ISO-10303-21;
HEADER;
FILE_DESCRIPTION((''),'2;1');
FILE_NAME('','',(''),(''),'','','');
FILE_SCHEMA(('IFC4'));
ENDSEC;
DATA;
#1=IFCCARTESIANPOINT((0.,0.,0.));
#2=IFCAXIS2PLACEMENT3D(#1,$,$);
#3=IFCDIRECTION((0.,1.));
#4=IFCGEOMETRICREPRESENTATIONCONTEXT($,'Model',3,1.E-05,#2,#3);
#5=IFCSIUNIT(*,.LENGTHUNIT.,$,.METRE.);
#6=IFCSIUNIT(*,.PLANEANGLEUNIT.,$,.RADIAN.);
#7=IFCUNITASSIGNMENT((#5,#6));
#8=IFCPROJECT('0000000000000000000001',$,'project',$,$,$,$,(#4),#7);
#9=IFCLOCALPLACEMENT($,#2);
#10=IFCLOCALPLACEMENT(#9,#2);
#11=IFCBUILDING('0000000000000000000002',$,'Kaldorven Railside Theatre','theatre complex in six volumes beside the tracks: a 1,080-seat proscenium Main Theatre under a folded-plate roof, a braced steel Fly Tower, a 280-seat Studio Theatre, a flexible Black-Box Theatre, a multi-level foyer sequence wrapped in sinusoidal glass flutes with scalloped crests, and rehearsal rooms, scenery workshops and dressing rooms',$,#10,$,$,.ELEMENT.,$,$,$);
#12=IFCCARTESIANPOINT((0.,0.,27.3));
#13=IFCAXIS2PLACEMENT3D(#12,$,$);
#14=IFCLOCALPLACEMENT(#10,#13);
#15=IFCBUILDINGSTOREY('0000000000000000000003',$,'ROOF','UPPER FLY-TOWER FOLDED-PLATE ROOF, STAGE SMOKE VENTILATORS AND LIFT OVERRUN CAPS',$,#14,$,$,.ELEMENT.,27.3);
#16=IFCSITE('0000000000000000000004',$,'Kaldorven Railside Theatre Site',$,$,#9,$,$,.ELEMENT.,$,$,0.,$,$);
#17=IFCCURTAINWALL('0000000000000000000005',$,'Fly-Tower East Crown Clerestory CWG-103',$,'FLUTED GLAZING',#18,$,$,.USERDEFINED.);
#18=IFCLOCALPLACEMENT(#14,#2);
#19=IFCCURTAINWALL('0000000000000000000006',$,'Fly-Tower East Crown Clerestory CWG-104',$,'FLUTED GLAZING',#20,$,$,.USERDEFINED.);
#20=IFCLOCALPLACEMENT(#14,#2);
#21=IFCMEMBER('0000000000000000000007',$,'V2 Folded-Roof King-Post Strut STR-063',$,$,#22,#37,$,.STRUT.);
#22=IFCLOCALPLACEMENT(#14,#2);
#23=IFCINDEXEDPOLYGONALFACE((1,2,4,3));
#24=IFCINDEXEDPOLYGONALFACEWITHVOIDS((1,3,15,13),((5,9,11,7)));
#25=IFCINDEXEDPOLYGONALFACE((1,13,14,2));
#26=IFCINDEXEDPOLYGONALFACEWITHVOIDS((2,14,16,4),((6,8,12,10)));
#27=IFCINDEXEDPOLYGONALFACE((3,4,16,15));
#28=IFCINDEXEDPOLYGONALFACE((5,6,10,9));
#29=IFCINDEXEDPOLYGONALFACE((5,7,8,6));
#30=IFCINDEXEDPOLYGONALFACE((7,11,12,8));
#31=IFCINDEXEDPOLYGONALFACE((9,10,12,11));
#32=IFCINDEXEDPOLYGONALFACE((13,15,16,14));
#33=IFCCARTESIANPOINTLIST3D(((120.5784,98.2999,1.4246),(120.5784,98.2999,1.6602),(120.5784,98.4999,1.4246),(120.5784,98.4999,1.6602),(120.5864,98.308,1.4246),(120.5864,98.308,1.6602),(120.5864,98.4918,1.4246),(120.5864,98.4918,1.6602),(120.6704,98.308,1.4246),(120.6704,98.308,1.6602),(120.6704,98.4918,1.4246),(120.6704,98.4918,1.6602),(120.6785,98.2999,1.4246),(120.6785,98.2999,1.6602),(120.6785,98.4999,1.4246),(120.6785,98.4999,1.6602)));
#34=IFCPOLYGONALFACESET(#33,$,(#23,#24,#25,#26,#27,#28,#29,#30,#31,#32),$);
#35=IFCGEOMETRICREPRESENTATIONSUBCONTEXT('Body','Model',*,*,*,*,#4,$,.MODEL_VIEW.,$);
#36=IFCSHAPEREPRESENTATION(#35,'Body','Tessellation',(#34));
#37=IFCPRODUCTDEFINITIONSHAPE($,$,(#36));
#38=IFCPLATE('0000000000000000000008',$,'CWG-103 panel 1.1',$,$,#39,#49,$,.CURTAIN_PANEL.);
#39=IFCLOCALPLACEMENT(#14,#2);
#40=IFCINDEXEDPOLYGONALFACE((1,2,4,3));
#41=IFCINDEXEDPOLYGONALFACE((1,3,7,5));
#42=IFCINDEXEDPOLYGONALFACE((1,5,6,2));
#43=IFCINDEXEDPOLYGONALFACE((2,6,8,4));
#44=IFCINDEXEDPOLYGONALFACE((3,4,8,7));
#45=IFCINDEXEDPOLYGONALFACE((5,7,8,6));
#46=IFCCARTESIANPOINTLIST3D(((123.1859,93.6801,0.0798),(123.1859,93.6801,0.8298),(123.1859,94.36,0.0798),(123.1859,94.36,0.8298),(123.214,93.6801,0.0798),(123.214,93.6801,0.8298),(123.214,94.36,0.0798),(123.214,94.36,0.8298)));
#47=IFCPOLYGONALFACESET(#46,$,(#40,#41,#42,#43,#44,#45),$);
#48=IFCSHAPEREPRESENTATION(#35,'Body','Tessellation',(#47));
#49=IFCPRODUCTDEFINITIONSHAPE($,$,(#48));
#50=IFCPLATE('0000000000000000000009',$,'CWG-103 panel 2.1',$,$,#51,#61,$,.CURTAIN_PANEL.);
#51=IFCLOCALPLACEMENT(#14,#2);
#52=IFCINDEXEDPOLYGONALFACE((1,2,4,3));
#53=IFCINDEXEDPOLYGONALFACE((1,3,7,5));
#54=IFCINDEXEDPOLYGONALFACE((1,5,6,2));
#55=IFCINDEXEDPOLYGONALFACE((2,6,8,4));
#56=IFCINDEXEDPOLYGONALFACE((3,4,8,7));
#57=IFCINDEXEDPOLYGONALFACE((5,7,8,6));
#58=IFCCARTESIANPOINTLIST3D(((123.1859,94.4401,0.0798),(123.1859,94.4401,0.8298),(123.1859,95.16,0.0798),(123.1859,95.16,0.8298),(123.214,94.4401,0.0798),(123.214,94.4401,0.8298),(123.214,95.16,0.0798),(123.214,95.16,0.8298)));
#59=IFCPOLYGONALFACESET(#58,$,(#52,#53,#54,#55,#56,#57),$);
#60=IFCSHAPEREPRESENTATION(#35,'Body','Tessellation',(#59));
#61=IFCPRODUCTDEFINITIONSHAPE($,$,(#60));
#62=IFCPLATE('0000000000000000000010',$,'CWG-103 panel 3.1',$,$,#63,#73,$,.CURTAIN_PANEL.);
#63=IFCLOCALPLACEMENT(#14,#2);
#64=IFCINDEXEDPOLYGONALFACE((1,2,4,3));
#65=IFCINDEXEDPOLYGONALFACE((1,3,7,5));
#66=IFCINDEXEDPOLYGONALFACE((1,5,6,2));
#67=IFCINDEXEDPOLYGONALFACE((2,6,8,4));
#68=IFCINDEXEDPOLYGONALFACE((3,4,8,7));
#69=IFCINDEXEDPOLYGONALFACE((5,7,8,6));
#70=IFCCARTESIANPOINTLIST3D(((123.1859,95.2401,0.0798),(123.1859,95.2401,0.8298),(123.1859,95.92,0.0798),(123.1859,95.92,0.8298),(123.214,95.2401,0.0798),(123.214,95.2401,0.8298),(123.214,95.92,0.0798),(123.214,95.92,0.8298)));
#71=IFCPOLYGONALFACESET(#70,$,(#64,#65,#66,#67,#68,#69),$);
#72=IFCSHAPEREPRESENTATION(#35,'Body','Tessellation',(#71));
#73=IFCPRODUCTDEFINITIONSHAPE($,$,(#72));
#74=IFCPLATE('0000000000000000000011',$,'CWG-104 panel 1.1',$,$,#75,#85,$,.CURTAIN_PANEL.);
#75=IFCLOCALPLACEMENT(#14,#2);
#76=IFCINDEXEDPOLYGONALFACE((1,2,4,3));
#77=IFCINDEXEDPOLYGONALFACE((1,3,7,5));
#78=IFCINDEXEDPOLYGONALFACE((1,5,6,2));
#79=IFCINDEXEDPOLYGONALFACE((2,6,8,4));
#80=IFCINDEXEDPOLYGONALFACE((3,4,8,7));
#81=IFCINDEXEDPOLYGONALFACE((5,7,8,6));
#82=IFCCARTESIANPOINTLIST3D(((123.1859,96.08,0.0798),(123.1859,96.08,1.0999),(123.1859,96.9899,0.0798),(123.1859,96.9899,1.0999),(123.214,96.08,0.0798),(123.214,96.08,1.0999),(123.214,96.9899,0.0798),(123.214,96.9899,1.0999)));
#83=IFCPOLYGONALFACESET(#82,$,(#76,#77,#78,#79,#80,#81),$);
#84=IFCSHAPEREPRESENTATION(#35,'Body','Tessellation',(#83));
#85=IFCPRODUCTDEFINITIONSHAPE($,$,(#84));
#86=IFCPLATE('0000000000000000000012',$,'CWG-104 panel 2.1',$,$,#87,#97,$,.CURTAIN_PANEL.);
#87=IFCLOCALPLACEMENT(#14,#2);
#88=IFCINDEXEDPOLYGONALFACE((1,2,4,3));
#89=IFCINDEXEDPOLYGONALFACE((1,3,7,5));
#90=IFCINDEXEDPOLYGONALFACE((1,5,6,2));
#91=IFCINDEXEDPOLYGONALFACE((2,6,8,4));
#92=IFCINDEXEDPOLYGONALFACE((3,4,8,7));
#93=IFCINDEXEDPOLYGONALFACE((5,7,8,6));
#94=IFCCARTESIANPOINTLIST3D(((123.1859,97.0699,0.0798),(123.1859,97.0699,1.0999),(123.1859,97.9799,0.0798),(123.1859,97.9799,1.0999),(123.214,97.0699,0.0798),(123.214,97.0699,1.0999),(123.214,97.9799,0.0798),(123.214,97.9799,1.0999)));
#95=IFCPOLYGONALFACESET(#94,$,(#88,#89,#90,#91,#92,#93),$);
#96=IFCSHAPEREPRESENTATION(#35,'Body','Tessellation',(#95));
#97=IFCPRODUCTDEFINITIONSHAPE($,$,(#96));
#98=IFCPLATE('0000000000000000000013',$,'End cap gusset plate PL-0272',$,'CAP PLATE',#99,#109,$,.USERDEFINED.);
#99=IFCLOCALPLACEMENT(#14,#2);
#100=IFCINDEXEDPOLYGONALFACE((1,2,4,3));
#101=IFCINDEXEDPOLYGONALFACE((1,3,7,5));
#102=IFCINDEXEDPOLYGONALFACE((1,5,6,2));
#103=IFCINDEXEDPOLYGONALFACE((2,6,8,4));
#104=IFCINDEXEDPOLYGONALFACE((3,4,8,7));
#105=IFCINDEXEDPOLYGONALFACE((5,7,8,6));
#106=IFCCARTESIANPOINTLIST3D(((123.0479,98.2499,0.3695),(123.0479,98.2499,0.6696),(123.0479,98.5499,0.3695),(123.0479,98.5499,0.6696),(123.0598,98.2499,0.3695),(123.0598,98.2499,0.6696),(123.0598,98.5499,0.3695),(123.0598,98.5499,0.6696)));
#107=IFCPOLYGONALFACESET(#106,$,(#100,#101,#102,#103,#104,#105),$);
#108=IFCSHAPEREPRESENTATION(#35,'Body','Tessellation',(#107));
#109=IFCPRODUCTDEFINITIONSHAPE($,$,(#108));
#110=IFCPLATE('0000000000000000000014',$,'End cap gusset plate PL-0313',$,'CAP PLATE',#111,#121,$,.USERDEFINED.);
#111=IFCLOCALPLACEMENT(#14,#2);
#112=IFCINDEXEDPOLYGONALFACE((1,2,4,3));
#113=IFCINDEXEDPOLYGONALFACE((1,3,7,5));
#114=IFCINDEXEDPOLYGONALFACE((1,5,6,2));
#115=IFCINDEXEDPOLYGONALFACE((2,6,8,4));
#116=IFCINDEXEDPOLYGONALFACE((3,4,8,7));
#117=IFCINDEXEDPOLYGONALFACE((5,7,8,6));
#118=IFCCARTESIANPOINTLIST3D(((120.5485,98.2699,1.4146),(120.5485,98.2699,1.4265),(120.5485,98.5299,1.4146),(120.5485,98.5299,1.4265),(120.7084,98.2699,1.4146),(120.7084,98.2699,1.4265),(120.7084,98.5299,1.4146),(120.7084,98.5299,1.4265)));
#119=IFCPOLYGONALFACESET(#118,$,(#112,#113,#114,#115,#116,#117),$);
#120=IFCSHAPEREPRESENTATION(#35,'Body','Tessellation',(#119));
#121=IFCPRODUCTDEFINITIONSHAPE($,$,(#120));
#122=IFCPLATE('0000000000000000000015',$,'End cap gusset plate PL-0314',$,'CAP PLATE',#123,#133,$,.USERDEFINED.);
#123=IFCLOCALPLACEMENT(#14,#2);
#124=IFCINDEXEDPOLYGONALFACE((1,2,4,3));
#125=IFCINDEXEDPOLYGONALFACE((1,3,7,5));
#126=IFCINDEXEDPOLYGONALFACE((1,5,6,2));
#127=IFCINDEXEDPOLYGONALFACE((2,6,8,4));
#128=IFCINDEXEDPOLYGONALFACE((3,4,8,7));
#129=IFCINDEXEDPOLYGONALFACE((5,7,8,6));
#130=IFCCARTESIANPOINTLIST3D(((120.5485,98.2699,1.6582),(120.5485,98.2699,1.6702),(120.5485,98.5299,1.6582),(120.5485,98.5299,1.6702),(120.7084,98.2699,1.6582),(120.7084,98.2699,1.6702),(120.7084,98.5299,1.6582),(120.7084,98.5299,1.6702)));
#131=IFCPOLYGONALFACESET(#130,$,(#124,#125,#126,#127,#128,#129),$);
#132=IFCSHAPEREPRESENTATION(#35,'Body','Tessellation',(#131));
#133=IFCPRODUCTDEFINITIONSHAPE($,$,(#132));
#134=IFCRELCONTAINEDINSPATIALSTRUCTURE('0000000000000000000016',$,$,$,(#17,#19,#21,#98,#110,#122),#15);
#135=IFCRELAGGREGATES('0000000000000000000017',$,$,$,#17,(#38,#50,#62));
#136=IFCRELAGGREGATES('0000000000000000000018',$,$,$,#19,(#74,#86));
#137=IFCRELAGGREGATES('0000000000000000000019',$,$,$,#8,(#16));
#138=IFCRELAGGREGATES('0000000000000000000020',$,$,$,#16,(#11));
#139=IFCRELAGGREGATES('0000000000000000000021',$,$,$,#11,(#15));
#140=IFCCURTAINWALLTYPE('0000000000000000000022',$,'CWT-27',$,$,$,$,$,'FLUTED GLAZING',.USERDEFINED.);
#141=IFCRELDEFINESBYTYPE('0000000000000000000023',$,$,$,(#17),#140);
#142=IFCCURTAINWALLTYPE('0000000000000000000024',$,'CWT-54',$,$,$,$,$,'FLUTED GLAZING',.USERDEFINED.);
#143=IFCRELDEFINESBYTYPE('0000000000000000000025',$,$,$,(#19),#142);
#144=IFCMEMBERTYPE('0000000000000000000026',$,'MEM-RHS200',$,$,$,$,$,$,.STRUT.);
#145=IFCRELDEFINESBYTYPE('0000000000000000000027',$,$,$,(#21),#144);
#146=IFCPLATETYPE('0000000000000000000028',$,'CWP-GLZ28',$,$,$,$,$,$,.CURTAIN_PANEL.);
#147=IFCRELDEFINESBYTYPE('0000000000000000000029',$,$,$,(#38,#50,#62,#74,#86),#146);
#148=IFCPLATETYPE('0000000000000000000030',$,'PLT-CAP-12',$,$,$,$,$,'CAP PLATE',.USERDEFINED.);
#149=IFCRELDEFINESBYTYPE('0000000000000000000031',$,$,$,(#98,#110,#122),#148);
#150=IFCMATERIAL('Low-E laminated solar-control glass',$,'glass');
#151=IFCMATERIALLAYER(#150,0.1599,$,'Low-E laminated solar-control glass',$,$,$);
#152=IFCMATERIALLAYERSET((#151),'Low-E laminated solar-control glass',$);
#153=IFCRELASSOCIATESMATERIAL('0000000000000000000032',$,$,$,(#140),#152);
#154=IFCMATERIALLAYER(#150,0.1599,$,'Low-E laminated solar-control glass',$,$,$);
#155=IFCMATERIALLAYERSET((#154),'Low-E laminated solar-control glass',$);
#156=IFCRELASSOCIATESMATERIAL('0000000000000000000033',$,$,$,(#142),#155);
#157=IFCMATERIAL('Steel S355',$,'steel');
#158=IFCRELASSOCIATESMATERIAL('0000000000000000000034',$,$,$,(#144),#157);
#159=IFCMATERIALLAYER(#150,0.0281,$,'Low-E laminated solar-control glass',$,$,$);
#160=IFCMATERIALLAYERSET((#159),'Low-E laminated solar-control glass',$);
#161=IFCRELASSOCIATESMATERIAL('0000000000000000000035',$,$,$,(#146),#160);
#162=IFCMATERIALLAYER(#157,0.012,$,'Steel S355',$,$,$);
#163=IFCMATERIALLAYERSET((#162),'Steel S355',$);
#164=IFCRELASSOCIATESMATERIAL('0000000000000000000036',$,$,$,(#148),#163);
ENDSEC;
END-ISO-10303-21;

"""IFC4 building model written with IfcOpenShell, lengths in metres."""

from ifc_helpers import new_model, si_unit, direction, frame, origin, origin_2d, place, context, subcontext, project, spatial, rectangle, hollow_rectangle, extrude, material, layer, layer_set, material_profile, profile_set, type_object, element, aggregate, save


model = new_model("IFC4")

# Units and contexts
model_context = context("Model", 3, precision=1e-05, world=origin(), true_north=direction((0.0, 1.0)))
body_context = subcontext(model_context, "Body", "Model", "MODEL_VIEW")
ifc_project = project(units=[si_unit("LENGTHUNIT", "METRE"), si_unit("PLANEANGLEUNIT", "RADIAN")], contexts=[model_context])

# Site, building, storey
site_placement = place(None, origin())
site = spatial("IfcSite", under=ifc_project, at=site_placement, Name="Kaldorven Railside Theatre Site", CompositionType="ELEMENT", RefElevation=0.0)
building_placement = place(site_placement, origin())
building = spatial("IfcBuilding", under=site, at=building_placement, Name="Kaldorven Railside Theatre", Description="theatre complex in six volumes beside the tracks: a 1,080-seat proscenium Main Theatre under a folded-plate roof, a braced steel Fly Tower, a 280-seat Studio Theatre, a flexible Black-Box Theatre, a multi-level foyer sequence wrapped in sinusoidal glass flutes with scalloped crests, and rehearsal rooms, scenery workshops and dressing rooms", CompositionType="ELEMENT")
storey_placement = place(building_placement, frame((0.0, 0.0, 27.3)))
storey = spatial("IfcBuildingStorey", under=building, at=storey_placement, Name="ROOF", Description="UPPER FLY-TOWER FOLDED-PLATE ROOF, STAGE SMOKE VENTILATORS AND LIFT OVERRUN CAPS", CompositionType="ELEMENT", Elevation=27.3)

# Shared definitions
ifc_material_1 = material(Name="Steel S355", Category="steel")

# Curtain walls
ifc_material_2 = material(Name="Low-E laminated solar-control glass", Category="glass")
ifc_layer_1 = layer(ifc_material_2, 0.1599, Name="Low-E laminated solar-control glass")
ifc_layer_set_1 = layer_set([ifc_layer_1], Name="Low-E laminated solar-control glass")
curtain_wall_type_1 = type_object("IfcCurtainWallType", Name="CWT-27", ElementType="FLUTED GLAZING", PredefinedType="USERDEFINED", material=ifc_layer_set_1)
curtain_wall_1_placement = place(storey_placement, origin())
curtain_wall_1 = element("IfcCurtainWall", 1, at=curtain_wall_1_placement, inside=storey, type_object=curtain_wall_type_1, Name="Fly-Tower East Crown Clerestory CWG-103", ObjectType="FLUTED GLAZING", PredefinedType="USERDEFINED")
ifc_layer_2 = layer(ifc_material_2, 0.1599, Name="Low-E laminated solar-control glass")
ifc_layer_set_2 = layer_set([ifc_layer_2], Name="Low-E laminated solar-control glass")
curtain_wall_type_2 = type_object("IfcCurtainWallType", Name="CWT-54", ElementType="FLUTED GLAZING", PredefinedType="USERDEFINED", material=ifc_layer_set_2)
curtain_wall_2_placement = place(storey_placement, origin())
curtain_wall_2 = element("IfcCurtainWall", 2, at=curtain_wall_2_placement, inside=storey, type_object=curtain_wall_type_2, Name="Fly-Tower East Crown Clerestory CWG-104", ObjectType="FLUTED GLAZING", PredefinedType="USERDEFINED")

# Member
ifc_material_profile_1 = material_profile(ifc_material_1, hollow_rectangle(XDim=0.1001, YDim=0.2, WallThickness=0.0081, at=origin_2d()), Name="RHS 200x100x8")
ifc_profile_set_1 = profile_set([ifc_material_profile_1], Name="Steel S355")
member_type_1 = type_object("IfcMemberType", Name="MEM-RHS200", PredefinedType="STRUT", material=ifc_profile_set_1)
member_1_placement = place(storey_placement, frame((120.6284, 98.3999, 1.4246), z_axis=(0.0, 0.0, 1.0), x_axis=(1.0, 0.0, 0.0)))
element("IfcMember", 3, at=member_1_placement, inside=storey, type_object=member_type_1, Name="V2 Folded-Roof King-Post Strut STR-063", PredefinedType="STRUT", context=body_context, shape_type="SweptSolid", body=[
    extrude(hollow_rectangle(XDim=0.1001, YDim=0.2, WallThickness=0.0081, at=origin_2d()), origin(), (0.0, 0.0, 1.0), 0.2356),
])

# Plates
ifc_layer_3 = layer(ifc_material_2, 0.0281, Name="Low-E laminated solar-control glass")
ifc_layer_set_3 = layer_set([ifc_layer_3], Name="Low-E laminated solar-control glass")
plate_type_1 = type_object("IfcPlateType", Name="CWP-GLZ28", PredefinedType="CURTAIN_PANEL", material=ifc_layer_set_3)
plate_1_placement = place(storey_placement, frame((123.2, 94.02, 0.0798), z_axis=(0.0, 0.0, 1.0), x_axis=(0.0, 1.0, 0.0)))
plate_1 = element("IfcPlate", 4, at=plate_1_placement, type_object=plate_type_1, Name="CWG-103 panel 1.1", PredefinedType="CURTAIN_PANEL", context=body_context, shape_type="SweptSolid", body=[
    extrude(rectangle(XDim=0.6799, YDim=0.0281, at=origin_2d()), origin(), (0.0, 0.0, 1.0), 0.75),
])
plate_2_placement = place(storey_placement, frame((123.2, 94.8, 0.0798), z_axis=(0.0, 0.0, 1.0), x_axis=(0.0, 1.0, 0.0)))
plate_2 = element("IfcPlate", 5, at=plate_2_placement, type_object=plate_type_1, Name="CWG-103 panel 2.1", PredefinedType="CURTAIN_PANEL", context=body_context, shape_type="SweptSolid", body=[
    extrude(rectangle(XDim=0.72, YDim=0.0281, at=origin_2d()), origin(), (0.0, 0.0, 1.0), 0.75),
])
plate_3_placement = place(storey_placement, frame((123.2, 95.5801, 0.0798), z_axis=(0.0, 0.0, 1.0), x_axis=(0.0, 1.0, 0.0)))
plate_3 = element("IfcPlate", 6, at=plate_3_placement, type_object=plate_type_1, Name="CWG-103 panel 3.1", PredefinedType="CURTAIN_PANEL", context=body_context, shape_type="SweptSolid", body=[
    extrude(rectangle(XDim=0.6799, YDim=0.0281, at=origin_2d()), origin(), (0.0, 0.0, 1.0), 0.75),
])
aggregate(curtain_wall_1, [plate_1, plate_2, plate_3])
plate_4_placement = place(storey_placement, frame((123.2, 96.5349, 0.0798), z_axis=(0.0, 0.0, 1.0), x_axis=(0.0, 1.0, 0.0)))
plate_4 = element("IfcPlate", 7, at=plate_4_placement, type_object=plate_type_1, Name="CWG-104 panel 1.1", PredefinedType="CURTAIN_PANEL", context=body_context, shape_type="SweptSolid", body=[
    extrude(rectangle(XDim=0.9099, YDim=0.0281, at=origin_2d()), origin(), (0.0, 0.0, 1.0), 1.02),
])
plate_5_placement = place(storey_placement, frame((123.2, 97.5249, 0.0798), z_axis=(0.0, 0.0, 1.0), x_axis=(0.0, 1.0, 0.0)))
plate_5 = element("IfcPlate", 8, at=plate_5_placement, type_object=plate_type_1, Name="CWG-104 panel 2.1", PredefinedType="CURTAIN_PANEL", context=body_context, shape_type="SweptSolid", body=[
    extrude(rectangle(XDim=0.9099, YDim=0.0281, at=origin_2d()), origin(), (0.0, 0.0, 1.0), 1.02),
])
aggregate(curtain_wall_2, [plate_4, plate_5])

# Plates
ifc_layer_4 = layer(ifc_material_1, 0.012, Name="Steel S355")
ifc_layer_set_4 = layer_set([ifc_layer_4], Name="Steel S355")
plate_type_2 = type_object("IfcPlateType", Name="PLT-CAP-12", ElementType="CAP PLATE", PredefinedType="USERDEFINED", material=ifc_layer_set_4)
plate_6_placement = place(storey_placement, frame((123.0479, 98.3999, 0.5195), z_axis=(1.0, 0.0, 0.0), x_axis=(0.0, 1.0, 0.0)))
element("IfcPlate", 9, at=plate_6_placement, inside=storey, type_object=plate_type_2, Name="End cap gusset plate PL-0272", ObjectType="CAP PLATE", PredefinedType="USERDEFINED", context=body_context, shape_type="SweptSolid", body=[
    extrude(rectangle(XDim=0.3, YDim=0.3, at=origin_2d()), origin(), (0.0, 0.0, 1.0), 0.012),
])
for number, where, z_axis, x_axis, name in (
    (10, (120.6284, 98.3999, 1.4146), (0.0, 0.0, 1.0), (1.0, 0.0, 0.0), "End cap gusset plate PL-0313"),
    (11, (120.6284, 98.3999, 1.6582), (0.0, 0.0, 1.0), (1.0, 0.0, 0.0), "End cap gusset plate PL-0314"),
):
    element("IfcPlate", number, at=place(storey_placement, frame(where, z_axis=z_axis, x_axis=x_axis)), inside=storey, type_object=plate_type_2, Name=name, ObjectType="CAP PLATE", PredefinedType="USERDEFINED", context=body_context, shape_type="SweptSolid", body=[
        extrude(rectangle(XDim=0.1599, YDim=0.26, at=origin_2d()), origin(), (0.0, 0.0, 1.0), 0.012),
    ])

save(model, "model.ifc")
